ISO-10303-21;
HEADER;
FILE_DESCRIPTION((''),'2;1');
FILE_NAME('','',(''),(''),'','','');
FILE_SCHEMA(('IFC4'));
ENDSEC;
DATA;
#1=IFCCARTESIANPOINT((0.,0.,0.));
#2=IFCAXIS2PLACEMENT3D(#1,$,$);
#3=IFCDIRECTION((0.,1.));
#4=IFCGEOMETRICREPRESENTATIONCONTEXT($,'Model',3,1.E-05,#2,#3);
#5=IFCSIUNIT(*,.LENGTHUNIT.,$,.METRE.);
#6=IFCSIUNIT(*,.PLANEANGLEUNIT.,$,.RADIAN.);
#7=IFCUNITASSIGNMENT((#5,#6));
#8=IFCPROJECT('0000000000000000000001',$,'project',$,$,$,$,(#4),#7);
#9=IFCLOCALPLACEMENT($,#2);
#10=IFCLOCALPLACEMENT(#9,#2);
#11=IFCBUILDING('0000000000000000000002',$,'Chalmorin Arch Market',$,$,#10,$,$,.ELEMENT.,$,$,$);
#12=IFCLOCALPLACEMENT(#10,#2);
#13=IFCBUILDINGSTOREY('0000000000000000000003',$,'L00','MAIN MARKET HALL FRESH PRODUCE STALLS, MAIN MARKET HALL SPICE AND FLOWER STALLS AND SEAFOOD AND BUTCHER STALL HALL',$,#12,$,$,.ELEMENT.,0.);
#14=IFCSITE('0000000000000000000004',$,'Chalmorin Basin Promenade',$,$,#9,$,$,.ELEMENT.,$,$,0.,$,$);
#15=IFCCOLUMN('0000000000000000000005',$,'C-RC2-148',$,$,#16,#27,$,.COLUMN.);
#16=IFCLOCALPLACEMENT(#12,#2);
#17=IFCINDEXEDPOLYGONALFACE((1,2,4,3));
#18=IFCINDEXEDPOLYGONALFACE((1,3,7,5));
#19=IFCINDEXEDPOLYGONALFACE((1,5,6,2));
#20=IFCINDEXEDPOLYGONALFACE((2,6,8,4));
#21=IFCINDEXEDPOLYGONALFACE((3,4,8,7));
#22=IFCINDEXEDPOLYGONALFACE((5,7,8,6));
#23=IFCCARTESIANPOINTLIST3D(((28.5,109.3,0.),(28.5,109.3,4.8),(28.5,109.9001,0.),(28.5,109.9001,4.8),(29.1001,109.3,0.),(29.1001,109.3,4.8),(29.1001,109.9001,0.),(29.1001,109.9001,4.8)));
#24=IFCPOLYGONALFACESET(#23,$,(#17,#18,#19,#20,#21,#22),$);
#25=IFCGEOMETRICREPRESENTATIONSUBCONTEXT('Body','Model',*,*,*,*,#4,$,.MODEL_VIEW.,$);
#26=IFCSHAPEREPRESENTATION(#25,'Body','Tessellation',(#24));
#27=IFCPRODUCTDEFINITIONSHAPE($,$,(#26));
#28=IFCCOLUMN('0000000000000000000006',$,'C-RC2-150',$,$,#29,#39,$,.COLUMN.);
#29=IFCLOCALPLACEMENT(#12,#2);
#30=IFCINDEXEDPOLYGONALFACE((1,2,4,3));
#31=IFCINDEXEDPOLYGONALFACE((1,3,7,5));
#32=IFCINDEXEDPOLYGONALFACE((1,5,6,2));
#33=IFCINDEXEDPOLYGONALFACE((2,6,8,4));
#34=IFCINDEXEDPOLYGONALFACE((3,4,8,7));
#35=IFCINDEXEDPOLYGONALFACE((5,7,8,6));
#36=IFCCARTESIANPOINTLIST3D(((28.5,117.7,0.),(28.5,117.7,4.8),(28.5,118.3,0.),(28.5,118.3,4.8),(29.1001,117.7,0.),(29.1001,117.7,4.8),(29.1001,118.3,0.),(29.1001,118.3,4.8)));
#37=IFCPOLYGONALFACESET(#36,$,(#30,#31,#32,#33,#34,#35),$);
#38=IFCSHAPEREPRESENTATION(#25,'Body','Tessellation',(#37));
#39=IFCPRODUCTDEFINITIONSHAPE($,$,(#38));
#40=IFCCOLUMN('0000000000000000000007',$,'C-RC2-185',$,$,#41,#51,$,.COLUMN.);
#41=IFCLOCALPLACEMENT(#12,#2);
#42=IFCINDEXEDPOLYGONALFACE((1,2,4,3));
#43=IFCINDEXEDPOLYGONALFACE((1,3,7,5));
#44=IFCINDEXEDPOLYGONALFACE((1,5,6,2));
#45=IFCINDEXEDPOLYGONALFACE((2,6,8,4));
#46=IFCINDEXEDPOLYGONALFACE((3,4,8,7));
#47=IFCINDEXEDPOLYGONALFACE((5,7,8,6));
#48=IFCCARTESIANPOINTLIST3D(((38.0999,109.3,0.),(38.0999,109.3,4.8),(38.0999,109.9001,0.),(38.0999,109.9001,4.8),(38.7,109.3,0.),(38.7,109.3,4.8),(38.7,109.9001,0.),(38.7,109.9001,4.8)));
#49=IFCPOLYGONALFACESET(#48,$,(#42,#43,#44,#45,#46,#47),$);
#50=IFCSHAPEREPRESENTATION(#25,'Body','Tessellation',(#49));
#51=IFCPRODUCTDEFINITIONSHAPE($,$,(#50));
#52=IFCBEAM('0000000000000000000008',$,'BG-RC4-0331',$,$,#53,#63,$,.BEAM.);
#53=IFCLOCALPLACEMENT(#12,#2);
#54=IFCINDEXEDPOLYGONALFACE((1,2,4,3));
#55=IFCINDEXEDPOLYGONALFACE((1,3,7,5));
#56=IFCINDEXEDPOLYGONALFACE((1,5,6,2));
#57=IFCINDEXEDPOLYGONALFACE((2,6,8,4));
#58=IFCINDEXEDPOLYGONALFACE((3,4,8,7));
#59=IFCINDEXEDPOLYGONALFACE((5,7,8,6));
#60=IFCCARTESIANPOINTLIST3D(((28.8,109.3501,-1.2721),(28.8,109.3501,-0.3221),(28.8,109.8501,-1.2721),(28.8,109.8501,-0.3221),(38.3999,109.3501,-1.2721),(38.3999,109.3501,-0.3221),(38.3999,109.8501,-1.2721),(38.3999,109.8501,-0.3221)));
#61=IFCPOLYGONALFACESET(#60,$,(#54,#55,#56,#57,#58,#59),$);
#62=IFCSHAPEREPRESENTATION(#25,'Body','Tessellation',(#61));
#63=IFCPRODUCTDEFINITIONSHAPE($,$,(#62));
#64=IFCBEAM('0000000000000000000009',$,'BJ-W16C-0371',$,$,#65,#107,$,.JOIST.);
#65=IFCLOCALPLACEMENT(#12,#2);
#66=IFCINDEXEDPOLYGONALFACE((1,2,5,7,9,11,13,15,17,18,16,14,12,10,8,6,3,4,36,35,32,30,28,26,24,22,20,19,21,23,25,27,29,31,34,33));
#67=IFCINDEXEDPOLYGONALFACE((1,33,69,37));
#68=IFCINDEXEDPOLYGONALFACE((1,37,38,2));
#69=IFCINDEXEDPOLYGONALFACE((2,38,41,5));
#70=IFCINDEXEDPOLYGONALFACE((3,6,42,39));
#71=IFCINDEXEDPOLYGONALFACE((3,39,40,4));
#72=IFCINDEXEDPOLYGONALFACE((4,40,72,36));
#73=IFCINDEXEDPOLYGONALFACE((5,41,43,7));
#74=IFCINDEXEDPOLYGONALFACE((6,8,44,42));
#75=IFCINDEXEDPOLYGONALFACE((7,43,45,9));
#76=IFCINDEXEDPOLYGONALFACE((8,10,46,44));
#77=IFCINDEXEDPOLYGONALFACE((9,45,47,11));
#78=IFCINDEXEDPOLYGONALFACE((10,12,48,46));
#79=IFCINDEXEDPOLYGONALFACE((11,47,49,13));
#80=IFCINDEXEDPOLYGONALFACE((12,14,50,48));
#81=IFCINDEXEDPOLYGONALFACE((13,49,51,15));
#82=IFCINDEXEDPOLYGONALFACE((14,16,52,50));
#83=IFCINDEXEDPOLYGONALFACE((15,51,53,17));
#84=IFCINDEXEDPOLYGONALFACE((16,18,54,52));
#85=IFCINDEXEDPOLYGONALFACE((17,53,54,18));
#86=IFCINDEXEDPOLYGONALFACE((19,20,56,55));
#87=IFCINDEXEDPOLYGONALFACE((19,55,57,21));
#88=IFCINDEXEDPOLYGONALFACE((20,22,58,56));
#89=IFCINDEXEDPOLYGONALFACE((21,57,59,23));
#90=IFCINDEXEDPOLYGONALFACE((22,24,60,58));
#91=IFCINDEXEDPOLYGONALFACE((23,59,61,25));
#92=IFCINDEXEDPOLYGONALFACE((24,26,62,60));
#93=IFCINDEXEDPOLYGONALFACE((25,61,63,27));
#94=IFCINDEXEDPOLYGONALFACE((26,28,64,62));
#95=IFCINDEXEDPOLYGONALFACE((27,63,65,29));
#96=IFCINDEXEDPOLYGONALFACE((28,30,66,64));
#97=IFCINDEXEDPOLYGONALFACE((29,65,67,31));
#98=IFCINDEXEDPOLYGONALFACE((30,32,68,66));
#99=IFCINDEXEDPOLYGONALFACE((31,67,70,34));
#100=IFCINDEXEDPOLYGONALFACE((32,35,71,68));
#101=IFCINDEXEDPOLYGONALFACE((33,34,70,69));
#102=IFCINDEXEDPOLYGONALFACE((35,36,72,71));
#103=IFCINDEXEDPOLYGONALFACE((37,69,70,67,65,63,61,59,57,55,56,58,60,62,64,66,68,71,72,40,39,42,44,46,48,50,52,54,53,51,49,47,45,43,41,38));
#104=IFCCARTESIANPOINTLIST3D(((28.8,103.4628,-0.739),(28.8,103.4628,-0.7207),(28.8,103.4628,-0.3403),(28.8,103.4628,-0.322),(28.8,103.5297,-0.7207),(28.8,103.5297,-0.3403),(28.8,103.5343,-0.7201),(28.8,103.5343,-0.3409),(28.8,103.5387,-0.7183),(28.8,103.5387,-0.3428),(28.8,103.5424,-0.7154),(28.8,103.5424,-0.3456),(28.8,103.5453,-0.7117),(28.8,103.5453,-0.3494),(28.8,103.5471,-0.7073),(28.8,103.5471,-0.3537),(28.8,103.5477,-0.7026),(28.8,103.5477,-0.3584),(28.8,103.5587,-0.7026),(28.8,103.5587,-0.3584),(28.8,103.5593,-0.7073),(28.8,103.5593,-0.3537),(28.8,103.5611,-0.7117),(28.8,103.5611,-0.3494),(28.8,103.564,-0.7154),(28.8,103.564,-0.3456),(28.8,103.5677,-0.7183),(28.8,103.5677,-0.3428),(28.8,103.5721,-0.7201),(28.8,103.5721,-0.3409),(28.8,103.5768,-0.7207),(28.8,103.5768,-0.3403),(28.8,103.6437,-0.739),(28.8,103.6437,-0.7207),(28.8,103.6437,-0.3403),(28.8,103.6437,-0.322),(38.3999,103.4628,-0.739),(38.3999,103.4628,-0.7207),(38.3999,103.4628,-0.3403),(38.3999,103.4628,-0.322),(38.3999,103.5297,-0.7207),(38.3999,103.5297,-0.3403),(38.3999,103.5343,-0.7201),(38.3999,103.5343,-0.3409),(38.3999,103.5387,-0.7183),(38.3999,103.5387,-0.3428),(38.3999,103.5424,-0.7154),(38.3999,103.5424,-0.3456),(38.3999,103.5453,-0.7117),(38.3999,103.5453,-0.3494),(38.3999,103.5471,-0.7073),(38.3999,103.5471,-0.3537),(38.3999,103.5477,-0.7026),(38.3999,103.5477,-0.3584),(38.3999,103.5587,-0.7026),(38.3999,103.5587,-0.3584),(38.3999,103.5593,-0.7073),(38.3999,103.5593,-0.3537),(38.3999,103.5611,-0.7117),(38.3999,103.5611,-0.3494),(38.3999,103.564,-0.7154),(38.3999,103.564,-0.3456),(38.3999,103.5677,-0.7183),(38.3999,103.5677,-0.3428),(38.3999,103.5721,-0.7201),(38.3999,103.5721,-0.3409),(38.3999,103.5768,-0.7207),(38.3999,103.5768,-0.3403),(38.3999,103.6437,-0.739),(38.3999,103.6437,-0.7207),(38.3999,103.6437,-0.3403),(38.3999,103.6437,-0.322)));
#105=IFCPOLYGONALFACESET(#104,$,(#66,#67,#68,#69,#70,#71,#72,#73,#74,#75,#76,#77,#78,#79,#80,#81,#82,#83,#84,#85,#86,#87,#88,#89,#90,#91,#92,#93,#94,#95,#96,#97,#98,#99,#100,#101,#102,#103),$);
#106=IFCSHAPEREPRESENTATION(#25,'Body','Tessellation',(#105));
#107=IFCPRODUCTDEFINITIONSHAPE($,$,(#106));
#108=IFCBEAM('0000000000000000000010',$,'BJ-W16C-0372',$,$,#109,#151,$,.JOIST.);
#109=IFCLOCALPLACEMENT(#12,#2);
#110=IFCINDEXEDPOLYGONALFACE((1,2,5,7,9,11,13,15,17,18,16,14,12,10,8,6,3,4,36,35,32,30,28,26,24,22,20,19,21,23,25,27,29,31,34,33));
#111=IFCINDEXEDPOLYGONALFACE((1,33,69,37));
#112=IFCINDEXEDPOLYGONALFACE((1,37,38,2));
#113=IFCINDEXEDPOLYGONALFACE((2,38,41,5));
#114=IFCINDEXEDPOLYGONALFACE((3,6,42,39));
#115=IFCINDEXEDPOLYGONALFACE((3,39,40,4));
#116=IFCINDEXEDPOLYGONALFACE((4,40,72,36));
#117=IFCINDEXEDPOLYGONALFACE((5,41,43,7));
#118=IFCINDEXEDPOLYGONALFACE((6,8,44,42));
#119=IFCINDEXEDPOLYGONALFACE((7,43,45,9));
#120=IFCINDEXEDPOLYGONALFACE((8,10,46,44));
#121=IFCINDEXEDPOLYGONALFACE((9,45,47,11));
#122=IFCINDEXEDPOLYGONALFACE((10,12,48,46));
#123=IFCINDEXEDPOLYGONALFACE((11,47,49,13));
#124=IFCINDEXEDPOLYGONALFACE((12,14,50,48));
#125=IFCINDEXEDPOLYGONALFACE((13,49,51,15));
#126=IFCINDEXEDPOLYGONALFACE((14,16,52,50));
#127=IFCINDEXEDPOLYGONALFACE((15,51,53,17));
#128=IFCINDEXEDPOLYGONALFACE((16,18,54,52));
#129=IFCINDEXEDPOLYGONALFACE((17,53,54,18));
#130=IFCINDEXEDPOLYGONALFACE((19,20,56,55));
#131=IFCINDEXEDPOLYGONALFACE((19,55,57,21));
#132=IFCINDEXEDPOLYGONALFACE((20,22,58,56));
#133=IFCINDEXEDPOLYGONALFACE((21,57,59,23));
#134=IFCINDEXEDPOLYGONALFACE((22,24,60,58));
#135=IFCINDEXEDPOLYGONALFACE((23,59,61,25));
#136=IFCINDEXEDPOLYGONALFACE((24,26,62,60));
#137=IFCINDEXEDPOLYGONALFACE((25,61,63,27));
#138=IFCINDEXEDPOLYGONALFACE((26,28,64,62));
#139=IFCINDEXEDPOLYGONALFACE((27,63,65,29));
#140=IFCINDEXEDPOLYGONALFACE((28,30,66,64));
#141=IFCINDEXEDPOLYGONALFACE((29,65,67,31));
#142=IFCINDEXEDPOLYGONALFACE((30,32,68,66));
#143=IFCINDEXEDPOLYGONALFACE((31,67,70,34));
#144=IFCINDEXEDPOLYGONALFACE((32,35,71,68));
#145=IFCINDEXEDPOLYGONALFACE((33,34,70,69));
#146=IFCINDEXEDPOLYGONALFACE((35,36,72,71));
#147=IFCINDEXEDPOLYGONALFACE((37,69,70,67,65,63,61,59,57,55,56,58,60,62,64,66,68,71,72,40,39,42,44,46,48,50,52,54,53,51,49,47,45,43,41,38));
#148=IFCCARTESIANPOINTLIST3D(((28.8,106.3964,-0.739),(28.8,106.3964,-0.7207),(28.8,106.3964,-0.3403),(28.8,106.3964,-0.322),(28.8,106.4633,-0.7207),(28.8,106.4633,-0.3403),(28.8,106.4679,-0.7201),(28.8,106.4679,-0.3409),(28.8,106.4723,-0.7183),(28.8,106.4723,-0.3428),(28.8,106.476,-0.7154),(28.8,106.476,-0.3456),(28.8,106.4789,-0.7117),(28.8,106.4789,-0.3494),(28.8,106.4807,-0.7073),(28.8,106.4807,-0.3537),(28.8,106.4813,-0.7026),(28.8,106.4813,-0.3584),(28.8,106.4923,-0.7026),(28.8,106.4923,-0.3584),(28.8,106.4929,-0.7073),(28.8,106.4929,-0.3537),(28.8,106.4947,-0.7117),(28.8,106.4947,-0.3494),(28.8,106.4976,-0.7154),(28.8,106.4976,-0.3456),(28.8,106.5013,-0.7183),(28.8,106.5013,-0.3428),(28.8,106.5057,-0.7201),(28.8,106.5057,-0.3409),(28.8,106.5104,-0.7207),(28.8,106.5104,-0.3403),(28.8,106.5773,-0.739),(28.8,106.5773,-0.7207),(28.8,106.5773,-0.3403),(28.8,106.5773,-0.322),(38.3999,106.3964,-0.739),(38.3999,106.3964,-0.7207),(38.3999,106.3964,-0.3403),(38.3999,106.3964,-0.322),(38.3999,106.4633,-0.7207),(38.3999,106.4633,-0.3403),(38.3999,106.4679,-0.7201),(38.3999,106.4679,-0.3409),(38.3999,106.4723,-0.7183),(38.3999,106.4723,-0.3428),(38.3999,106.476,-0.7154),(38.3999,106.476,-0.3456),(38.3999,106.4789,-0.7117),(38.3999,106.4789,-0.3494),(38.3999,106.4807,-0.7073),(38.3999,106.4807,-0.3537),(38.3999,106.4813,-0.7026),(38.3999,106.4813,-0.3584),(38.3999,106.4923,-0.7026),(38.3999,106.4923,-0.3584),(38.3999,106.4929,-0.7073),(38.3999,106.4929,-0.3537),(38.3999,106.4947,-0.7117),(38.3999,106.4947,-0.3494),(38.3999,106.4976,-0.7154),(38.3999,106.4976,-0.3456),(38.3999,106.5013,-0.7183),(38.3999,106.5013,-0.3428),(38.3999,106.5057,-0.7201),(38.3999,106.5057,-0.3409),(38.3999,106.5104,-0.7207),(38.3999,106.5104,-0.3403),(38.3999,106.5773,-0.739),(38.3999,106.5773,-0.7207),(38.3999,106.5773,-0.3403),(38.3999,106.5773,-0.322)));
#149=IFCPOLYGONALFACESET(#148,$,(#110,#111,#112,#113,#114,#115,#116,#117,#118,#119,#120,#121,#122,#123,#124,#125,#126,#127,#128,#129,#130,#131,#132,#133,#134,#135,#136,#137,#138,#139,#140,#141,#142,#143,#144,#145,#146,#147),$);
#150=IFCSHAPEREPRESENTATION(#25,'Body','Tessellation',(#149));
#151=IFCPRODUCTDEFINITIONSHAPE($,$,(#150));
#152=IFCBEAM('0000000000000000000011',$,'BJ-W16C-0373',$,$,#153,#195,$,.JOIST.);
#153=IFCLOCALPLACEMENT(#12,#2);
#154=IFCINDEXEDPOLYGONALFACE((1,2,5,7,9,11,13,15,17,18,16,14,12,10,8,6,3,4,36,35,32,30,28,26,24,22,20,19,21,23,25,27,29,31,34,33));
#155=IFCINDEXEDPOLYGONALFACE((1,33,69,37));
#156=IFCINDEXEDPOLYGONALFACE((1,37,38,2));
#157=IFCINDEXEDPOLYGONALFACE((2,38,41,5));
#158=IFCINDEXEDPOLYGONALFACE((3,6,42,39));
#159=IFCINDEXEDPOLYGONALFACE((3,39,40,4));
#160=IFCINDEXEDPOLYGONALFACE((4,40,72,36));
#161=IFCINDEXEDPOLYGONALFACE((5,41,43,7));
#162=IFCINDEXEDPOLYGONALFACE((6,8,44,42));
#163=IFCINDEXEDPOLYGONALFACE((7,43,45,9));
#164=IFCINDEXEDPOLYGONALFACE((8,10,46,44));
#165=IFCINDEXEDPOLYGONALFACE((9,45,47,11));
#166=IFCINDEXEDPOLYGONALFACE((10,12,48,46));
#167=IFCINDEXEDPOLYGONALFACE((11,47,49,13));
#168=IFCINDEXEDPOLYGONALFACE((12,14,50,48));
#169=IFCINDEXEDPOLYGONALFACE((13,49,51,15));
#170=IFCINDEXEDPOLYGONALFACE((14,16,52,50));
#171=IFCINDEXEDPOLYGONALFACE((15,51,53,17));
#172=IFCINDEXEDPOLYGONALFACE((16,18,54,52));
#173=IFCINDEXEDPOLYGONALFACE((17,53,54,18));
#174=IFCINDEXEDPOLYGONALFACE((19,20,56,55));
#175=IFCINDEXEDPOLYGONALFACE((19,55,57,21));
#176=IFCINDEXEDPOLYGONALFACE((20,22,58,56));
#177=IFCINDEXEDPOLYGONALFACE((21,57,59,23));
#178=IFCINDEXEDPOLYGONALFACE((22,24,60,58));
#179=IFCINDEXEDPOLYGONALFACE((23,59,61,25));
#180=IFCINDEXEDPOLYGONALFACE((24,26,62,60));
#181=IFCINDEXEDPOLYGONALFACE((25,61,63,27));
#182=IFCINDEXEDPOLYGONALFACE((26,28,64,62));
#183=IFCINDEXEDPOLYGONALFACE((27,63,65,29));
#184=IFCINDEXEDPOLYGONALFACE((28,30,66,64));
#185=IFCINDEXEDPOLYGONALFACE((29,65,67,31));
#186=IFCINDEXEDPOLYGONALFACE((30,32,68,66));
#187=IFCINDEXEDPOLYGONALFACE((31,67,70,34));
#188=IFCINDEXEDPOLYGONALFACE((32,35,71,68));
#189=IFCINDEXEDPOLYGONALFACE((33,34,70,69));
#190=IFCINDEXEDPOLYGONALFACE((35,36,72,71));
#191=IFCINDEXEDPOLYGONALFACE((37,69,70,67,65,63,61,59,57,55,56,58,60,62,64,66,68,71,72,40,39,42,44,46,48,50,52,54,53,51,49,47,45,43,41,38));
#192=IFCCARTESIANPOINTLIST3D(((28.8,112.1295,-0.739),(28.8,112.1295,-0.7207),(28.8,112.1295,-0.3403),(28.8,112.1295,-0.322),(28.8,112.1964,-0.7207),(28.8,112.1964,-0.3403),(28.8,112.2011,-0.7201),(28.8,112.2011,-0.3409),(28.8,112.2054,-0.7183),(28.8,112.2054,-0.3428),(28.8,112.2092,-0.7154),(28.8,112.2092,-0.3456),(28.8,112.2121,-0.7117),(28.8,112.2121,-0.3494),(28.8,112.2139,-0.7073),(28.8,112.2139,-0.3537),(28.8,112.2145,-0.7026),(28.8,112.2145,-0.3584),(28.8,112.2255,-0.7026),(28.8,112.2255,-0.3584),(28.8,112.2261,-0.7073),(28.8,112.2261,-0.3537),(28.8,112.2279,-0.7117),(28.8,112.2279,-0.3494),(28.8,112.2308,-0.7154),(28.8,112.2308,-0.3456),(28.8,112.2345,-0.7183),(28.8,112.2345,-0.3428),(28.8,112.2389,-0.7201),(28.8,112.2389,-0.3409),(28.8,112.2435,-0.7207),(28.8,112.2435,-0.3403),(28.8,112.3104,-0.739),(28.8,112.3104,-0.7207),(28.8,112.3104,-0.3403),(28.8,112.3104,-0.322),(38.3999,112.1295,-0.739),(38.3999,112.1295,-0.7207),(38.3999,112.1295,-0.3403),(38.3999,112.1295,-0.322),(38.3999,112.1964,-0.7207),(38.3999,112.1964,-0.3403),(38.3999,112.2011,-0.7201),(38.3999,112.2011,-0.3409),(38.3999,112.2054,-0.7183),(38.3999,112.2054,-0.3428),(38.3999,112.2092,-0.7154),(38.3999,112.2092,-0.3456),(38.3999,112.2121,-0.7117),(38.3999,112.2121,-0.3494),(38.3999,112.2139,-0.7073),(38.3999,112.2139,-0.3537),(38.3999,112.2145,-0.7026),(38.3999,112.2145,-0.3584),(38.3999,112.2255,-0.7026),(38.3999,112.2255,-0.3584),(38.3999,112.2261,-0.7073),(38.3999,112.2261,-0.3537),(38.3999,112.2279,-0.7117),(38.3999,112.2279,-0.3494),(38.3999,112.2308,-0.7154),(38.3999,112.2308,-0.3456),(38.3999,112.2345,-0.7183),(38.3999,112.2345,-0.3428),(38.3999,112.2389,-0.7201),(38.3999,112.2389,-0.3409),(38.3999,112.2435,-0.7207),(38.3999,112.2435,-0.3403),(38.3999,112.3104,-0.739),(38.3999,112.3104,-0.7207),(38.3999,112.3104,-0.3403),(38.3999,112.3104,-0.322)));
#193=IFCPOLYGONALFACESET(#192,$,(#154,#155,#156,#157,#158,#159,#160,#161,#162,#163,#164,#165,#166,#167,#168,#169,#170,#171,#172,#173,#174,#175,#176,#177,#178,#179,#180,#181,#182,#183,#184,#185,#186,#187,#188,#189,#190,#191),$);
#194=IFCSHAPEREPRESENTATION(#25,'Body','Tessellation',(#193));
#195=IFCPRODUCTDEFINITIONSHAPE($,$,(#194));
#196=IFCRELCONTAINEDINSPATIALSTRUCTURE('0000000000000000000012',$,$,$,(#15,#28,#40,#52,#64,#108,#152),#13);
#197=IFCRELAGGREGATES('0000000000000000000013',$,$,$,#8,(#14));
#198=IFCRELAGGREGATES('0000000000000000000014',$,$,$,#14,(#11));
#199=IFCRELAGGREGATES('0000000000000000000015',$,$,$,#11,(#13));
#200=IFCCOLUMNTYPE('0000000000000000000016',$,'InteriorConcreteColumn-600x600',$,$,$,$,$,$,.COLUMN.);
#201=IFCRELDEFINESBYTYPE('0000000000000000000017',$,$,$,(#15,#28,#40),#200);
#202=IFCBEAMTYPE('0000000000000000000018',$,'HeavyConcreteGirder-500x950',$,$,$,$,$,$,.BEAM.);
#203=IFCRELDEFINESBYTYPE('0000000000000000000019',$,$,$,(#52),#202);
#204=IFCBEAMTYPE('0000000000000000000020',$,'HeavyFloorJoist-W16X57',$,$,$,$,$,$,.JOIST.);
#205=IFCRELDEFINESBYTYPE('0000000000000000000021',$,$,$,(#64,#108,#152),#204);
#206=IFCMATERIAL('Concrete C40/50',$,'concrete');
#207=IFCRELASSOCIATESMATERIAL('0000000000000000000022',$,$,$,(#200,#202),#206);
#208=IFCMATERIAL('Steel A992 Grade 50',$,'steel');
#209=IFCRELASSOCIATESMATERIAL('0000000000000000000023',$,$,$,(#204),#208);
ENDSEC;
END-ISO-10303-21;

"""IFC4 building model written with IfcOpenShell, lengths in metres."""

from ifc_helpers import new_model, si_unit, direction, frame, origin, origin_2d, place, context, subcontext, project, spatial, rectangle, i_section, extrude, material, material_profile, profile_set, type_object, element, save


model = new_model("IFC4")

# Units and contexts
model_context = context("Model", 3, precision=1e-05, world=origin(), true_north=direction((0.0, 1.0)))
body_context = subcontext(model_context, "Body", "Model", "MODEL_VIEW")
ifc_project = project(units=[si_unit("LENGTHUNIT", "METRE"), si_unit("PLANEANGLEUNIT", "RADIAN")], contexts=[model_context])

# Site, building, storey
site_placement = place(None, origin())
site = spatial("IfcSite", under=ifc_project, at=site_placement, Name="Chalmorin Basin Promenade", CompositionType="ELEMENT", RefElevation=0.0)
building_placement = place(site_placement, origin())
building = spatial("IfcBuilding", under=site, at=building_placement, Name="Chalmorin Arch Market", CompositionType="ELEMENT")
storey_placement = place(building_placement, origin())
storey = spatial("IfcBuildingStorey", under=building, at=storey_placement, Name="L00", Description="MAIN MARKET HALL FRESH PRODUCE STALLS, MAIN MARKET HALL SPICE AND FLOWER STALLS AND SEAFOOD AND BUTCHER STALL HALL", CompositionType="ELEMENT", Elevation=0.0)

# Columns
ifc_material_1 = material(Name="Concrete C40/50", Category="concrete")
ifc_material_profile_1 = material_profile(ifc_material_1, rectangle(XDim=0.6001, YDim=0.6001, at=origin_2d()), Name="RC600X600")
ifc_profile_set_1 = profile_set([ifc_material_profile_1], Name="Concrete C40/50")
column_type = type_object("IfcColumnType", Name="InteriorConcreteColumn-600x600", PredefinedType="COLUMN", material=ifc_profile_set_1)
for number, where, z_axis, x_axis, name in (
    (1, (28.8, 109.6001, 0.0), (0.0, 0.0, 1.0), (1.0, 0.0, 0.0), "C-RC2-148"),
    (2, (28.8, 118.0, 0.0), (0.0, 0.0, 1.0), (1.0, 0.0, 0.0), "C-RC2-150"),
    (3, (38.3999, 109.6001, 0.0), (0.0, 0.0, 1.0), (1.0, 0.0, 0.0), "C-RC2-185"),
):
    element("IfcColumn", number, at=place(storey_placement, frame(where, z_axis=z_axis, x_axis=x_axis)), inside=storey, type_object=column_type, Name=name, PredefinedType="COLUMN", context=body_context, shape_type="SweptSolid", body=[
        extrude(rectangle(XDim=0.6001, YDim=0.6001, at=origin_2d()), origin(), (0.0, 0.0, 1.0), 4.8),
    ])

# Beams
ifc_material_profile_2 = material_profile(ifc_material_1, rectangle(XDim=0.5, YDim=0.95, at=origin_2d()), Name="RC500X950")
ifc_profile_set_2 = profile_set([ifc_material_profile_2], Name="Concrete C40/50")
beam_type_1 = type_object("IfcBeamType", Name="HeavyConcreteGirder-500x950", PredefinedType="BEAM", material=ifc_profile_set_2)
beam_1_placement = place(storey_placement, frame((28.8, 109.6001, -0.7971), z_axis=(1.0, 0.0, 0.0), x_axis=(0.0, 1.0, 0.0)))
element("IfcBeam", 4, at=beam_1_placement, inside=storey, type_object=beam_type_1, Name="BG-RC4-0331", PredefinedType="BEAM", context=body_context, shape_type="SweptSolid", body=[
    extrude(rectangle(XDim=0.5, YDim=0.95, at=origin_2d()), origin(), (0.0, 0.0, 1.0), 9.5999),
])
ifc_material_2 = material(Name="Steel A992 Grade 50", Category="steel")
ifc_material_profile_3 = material_profile(ifc_material_2, i_section(OverallWidth=0.1809, OverallDepth=0.417, WebThickness=0.011, FlangeThickness=0.0183, FilletRadius=0.0181, at=origin_2d()), Name="W16X57")
ifc_profile_set_3 = profile_set([ifc_material_profile_3], Name="Steel A992 Grade 50")
beam_type_2 = type_object("IfcBeamType", Name="HeavyFloorJoist-W16X57", PredefinedType="JOIST", material=ifc_profile_set_3)
for number, where, z_axis, x_axis, name in (
    (5, (28.8, 103.5532, -0.5305), (1.0, 0.0, 0.0), (0.0, 1.0, 0.0), "BJ-W16C-0371"),
    (6, (28.8, 106.4868, -0.5305), (1.0, 0.0, 0.0), (0.0, 1.0, 0.0), "BJ-W16C-0372"),
    (7, (28.8, 112.22, -0.5305), (1.0, 0.0, 0.0), (0.0, 1.0, 0.0), "BJ-W16C-0373"),
):
    element("IfcBeam", number, at=place(storey_placement, frame(where, z_axis=z_axis, x_axis=x_axis)), inside=storey, type_object=beam_type_2, Name=name, PredefinedType="JOIST", context=body_context, shape_type="SweptSolid", body=[
        extrude(i_section(OverallWidth=0.1809, OverallDepth=0.417, WebThickness=0.011, FlangeThickness=0.0183, FilletRadius=0.0181, at=origin_2d()), origin(), (0.0, 0.0, 1.0), 9.5999),
    ])

save(model, "model.ifc")
